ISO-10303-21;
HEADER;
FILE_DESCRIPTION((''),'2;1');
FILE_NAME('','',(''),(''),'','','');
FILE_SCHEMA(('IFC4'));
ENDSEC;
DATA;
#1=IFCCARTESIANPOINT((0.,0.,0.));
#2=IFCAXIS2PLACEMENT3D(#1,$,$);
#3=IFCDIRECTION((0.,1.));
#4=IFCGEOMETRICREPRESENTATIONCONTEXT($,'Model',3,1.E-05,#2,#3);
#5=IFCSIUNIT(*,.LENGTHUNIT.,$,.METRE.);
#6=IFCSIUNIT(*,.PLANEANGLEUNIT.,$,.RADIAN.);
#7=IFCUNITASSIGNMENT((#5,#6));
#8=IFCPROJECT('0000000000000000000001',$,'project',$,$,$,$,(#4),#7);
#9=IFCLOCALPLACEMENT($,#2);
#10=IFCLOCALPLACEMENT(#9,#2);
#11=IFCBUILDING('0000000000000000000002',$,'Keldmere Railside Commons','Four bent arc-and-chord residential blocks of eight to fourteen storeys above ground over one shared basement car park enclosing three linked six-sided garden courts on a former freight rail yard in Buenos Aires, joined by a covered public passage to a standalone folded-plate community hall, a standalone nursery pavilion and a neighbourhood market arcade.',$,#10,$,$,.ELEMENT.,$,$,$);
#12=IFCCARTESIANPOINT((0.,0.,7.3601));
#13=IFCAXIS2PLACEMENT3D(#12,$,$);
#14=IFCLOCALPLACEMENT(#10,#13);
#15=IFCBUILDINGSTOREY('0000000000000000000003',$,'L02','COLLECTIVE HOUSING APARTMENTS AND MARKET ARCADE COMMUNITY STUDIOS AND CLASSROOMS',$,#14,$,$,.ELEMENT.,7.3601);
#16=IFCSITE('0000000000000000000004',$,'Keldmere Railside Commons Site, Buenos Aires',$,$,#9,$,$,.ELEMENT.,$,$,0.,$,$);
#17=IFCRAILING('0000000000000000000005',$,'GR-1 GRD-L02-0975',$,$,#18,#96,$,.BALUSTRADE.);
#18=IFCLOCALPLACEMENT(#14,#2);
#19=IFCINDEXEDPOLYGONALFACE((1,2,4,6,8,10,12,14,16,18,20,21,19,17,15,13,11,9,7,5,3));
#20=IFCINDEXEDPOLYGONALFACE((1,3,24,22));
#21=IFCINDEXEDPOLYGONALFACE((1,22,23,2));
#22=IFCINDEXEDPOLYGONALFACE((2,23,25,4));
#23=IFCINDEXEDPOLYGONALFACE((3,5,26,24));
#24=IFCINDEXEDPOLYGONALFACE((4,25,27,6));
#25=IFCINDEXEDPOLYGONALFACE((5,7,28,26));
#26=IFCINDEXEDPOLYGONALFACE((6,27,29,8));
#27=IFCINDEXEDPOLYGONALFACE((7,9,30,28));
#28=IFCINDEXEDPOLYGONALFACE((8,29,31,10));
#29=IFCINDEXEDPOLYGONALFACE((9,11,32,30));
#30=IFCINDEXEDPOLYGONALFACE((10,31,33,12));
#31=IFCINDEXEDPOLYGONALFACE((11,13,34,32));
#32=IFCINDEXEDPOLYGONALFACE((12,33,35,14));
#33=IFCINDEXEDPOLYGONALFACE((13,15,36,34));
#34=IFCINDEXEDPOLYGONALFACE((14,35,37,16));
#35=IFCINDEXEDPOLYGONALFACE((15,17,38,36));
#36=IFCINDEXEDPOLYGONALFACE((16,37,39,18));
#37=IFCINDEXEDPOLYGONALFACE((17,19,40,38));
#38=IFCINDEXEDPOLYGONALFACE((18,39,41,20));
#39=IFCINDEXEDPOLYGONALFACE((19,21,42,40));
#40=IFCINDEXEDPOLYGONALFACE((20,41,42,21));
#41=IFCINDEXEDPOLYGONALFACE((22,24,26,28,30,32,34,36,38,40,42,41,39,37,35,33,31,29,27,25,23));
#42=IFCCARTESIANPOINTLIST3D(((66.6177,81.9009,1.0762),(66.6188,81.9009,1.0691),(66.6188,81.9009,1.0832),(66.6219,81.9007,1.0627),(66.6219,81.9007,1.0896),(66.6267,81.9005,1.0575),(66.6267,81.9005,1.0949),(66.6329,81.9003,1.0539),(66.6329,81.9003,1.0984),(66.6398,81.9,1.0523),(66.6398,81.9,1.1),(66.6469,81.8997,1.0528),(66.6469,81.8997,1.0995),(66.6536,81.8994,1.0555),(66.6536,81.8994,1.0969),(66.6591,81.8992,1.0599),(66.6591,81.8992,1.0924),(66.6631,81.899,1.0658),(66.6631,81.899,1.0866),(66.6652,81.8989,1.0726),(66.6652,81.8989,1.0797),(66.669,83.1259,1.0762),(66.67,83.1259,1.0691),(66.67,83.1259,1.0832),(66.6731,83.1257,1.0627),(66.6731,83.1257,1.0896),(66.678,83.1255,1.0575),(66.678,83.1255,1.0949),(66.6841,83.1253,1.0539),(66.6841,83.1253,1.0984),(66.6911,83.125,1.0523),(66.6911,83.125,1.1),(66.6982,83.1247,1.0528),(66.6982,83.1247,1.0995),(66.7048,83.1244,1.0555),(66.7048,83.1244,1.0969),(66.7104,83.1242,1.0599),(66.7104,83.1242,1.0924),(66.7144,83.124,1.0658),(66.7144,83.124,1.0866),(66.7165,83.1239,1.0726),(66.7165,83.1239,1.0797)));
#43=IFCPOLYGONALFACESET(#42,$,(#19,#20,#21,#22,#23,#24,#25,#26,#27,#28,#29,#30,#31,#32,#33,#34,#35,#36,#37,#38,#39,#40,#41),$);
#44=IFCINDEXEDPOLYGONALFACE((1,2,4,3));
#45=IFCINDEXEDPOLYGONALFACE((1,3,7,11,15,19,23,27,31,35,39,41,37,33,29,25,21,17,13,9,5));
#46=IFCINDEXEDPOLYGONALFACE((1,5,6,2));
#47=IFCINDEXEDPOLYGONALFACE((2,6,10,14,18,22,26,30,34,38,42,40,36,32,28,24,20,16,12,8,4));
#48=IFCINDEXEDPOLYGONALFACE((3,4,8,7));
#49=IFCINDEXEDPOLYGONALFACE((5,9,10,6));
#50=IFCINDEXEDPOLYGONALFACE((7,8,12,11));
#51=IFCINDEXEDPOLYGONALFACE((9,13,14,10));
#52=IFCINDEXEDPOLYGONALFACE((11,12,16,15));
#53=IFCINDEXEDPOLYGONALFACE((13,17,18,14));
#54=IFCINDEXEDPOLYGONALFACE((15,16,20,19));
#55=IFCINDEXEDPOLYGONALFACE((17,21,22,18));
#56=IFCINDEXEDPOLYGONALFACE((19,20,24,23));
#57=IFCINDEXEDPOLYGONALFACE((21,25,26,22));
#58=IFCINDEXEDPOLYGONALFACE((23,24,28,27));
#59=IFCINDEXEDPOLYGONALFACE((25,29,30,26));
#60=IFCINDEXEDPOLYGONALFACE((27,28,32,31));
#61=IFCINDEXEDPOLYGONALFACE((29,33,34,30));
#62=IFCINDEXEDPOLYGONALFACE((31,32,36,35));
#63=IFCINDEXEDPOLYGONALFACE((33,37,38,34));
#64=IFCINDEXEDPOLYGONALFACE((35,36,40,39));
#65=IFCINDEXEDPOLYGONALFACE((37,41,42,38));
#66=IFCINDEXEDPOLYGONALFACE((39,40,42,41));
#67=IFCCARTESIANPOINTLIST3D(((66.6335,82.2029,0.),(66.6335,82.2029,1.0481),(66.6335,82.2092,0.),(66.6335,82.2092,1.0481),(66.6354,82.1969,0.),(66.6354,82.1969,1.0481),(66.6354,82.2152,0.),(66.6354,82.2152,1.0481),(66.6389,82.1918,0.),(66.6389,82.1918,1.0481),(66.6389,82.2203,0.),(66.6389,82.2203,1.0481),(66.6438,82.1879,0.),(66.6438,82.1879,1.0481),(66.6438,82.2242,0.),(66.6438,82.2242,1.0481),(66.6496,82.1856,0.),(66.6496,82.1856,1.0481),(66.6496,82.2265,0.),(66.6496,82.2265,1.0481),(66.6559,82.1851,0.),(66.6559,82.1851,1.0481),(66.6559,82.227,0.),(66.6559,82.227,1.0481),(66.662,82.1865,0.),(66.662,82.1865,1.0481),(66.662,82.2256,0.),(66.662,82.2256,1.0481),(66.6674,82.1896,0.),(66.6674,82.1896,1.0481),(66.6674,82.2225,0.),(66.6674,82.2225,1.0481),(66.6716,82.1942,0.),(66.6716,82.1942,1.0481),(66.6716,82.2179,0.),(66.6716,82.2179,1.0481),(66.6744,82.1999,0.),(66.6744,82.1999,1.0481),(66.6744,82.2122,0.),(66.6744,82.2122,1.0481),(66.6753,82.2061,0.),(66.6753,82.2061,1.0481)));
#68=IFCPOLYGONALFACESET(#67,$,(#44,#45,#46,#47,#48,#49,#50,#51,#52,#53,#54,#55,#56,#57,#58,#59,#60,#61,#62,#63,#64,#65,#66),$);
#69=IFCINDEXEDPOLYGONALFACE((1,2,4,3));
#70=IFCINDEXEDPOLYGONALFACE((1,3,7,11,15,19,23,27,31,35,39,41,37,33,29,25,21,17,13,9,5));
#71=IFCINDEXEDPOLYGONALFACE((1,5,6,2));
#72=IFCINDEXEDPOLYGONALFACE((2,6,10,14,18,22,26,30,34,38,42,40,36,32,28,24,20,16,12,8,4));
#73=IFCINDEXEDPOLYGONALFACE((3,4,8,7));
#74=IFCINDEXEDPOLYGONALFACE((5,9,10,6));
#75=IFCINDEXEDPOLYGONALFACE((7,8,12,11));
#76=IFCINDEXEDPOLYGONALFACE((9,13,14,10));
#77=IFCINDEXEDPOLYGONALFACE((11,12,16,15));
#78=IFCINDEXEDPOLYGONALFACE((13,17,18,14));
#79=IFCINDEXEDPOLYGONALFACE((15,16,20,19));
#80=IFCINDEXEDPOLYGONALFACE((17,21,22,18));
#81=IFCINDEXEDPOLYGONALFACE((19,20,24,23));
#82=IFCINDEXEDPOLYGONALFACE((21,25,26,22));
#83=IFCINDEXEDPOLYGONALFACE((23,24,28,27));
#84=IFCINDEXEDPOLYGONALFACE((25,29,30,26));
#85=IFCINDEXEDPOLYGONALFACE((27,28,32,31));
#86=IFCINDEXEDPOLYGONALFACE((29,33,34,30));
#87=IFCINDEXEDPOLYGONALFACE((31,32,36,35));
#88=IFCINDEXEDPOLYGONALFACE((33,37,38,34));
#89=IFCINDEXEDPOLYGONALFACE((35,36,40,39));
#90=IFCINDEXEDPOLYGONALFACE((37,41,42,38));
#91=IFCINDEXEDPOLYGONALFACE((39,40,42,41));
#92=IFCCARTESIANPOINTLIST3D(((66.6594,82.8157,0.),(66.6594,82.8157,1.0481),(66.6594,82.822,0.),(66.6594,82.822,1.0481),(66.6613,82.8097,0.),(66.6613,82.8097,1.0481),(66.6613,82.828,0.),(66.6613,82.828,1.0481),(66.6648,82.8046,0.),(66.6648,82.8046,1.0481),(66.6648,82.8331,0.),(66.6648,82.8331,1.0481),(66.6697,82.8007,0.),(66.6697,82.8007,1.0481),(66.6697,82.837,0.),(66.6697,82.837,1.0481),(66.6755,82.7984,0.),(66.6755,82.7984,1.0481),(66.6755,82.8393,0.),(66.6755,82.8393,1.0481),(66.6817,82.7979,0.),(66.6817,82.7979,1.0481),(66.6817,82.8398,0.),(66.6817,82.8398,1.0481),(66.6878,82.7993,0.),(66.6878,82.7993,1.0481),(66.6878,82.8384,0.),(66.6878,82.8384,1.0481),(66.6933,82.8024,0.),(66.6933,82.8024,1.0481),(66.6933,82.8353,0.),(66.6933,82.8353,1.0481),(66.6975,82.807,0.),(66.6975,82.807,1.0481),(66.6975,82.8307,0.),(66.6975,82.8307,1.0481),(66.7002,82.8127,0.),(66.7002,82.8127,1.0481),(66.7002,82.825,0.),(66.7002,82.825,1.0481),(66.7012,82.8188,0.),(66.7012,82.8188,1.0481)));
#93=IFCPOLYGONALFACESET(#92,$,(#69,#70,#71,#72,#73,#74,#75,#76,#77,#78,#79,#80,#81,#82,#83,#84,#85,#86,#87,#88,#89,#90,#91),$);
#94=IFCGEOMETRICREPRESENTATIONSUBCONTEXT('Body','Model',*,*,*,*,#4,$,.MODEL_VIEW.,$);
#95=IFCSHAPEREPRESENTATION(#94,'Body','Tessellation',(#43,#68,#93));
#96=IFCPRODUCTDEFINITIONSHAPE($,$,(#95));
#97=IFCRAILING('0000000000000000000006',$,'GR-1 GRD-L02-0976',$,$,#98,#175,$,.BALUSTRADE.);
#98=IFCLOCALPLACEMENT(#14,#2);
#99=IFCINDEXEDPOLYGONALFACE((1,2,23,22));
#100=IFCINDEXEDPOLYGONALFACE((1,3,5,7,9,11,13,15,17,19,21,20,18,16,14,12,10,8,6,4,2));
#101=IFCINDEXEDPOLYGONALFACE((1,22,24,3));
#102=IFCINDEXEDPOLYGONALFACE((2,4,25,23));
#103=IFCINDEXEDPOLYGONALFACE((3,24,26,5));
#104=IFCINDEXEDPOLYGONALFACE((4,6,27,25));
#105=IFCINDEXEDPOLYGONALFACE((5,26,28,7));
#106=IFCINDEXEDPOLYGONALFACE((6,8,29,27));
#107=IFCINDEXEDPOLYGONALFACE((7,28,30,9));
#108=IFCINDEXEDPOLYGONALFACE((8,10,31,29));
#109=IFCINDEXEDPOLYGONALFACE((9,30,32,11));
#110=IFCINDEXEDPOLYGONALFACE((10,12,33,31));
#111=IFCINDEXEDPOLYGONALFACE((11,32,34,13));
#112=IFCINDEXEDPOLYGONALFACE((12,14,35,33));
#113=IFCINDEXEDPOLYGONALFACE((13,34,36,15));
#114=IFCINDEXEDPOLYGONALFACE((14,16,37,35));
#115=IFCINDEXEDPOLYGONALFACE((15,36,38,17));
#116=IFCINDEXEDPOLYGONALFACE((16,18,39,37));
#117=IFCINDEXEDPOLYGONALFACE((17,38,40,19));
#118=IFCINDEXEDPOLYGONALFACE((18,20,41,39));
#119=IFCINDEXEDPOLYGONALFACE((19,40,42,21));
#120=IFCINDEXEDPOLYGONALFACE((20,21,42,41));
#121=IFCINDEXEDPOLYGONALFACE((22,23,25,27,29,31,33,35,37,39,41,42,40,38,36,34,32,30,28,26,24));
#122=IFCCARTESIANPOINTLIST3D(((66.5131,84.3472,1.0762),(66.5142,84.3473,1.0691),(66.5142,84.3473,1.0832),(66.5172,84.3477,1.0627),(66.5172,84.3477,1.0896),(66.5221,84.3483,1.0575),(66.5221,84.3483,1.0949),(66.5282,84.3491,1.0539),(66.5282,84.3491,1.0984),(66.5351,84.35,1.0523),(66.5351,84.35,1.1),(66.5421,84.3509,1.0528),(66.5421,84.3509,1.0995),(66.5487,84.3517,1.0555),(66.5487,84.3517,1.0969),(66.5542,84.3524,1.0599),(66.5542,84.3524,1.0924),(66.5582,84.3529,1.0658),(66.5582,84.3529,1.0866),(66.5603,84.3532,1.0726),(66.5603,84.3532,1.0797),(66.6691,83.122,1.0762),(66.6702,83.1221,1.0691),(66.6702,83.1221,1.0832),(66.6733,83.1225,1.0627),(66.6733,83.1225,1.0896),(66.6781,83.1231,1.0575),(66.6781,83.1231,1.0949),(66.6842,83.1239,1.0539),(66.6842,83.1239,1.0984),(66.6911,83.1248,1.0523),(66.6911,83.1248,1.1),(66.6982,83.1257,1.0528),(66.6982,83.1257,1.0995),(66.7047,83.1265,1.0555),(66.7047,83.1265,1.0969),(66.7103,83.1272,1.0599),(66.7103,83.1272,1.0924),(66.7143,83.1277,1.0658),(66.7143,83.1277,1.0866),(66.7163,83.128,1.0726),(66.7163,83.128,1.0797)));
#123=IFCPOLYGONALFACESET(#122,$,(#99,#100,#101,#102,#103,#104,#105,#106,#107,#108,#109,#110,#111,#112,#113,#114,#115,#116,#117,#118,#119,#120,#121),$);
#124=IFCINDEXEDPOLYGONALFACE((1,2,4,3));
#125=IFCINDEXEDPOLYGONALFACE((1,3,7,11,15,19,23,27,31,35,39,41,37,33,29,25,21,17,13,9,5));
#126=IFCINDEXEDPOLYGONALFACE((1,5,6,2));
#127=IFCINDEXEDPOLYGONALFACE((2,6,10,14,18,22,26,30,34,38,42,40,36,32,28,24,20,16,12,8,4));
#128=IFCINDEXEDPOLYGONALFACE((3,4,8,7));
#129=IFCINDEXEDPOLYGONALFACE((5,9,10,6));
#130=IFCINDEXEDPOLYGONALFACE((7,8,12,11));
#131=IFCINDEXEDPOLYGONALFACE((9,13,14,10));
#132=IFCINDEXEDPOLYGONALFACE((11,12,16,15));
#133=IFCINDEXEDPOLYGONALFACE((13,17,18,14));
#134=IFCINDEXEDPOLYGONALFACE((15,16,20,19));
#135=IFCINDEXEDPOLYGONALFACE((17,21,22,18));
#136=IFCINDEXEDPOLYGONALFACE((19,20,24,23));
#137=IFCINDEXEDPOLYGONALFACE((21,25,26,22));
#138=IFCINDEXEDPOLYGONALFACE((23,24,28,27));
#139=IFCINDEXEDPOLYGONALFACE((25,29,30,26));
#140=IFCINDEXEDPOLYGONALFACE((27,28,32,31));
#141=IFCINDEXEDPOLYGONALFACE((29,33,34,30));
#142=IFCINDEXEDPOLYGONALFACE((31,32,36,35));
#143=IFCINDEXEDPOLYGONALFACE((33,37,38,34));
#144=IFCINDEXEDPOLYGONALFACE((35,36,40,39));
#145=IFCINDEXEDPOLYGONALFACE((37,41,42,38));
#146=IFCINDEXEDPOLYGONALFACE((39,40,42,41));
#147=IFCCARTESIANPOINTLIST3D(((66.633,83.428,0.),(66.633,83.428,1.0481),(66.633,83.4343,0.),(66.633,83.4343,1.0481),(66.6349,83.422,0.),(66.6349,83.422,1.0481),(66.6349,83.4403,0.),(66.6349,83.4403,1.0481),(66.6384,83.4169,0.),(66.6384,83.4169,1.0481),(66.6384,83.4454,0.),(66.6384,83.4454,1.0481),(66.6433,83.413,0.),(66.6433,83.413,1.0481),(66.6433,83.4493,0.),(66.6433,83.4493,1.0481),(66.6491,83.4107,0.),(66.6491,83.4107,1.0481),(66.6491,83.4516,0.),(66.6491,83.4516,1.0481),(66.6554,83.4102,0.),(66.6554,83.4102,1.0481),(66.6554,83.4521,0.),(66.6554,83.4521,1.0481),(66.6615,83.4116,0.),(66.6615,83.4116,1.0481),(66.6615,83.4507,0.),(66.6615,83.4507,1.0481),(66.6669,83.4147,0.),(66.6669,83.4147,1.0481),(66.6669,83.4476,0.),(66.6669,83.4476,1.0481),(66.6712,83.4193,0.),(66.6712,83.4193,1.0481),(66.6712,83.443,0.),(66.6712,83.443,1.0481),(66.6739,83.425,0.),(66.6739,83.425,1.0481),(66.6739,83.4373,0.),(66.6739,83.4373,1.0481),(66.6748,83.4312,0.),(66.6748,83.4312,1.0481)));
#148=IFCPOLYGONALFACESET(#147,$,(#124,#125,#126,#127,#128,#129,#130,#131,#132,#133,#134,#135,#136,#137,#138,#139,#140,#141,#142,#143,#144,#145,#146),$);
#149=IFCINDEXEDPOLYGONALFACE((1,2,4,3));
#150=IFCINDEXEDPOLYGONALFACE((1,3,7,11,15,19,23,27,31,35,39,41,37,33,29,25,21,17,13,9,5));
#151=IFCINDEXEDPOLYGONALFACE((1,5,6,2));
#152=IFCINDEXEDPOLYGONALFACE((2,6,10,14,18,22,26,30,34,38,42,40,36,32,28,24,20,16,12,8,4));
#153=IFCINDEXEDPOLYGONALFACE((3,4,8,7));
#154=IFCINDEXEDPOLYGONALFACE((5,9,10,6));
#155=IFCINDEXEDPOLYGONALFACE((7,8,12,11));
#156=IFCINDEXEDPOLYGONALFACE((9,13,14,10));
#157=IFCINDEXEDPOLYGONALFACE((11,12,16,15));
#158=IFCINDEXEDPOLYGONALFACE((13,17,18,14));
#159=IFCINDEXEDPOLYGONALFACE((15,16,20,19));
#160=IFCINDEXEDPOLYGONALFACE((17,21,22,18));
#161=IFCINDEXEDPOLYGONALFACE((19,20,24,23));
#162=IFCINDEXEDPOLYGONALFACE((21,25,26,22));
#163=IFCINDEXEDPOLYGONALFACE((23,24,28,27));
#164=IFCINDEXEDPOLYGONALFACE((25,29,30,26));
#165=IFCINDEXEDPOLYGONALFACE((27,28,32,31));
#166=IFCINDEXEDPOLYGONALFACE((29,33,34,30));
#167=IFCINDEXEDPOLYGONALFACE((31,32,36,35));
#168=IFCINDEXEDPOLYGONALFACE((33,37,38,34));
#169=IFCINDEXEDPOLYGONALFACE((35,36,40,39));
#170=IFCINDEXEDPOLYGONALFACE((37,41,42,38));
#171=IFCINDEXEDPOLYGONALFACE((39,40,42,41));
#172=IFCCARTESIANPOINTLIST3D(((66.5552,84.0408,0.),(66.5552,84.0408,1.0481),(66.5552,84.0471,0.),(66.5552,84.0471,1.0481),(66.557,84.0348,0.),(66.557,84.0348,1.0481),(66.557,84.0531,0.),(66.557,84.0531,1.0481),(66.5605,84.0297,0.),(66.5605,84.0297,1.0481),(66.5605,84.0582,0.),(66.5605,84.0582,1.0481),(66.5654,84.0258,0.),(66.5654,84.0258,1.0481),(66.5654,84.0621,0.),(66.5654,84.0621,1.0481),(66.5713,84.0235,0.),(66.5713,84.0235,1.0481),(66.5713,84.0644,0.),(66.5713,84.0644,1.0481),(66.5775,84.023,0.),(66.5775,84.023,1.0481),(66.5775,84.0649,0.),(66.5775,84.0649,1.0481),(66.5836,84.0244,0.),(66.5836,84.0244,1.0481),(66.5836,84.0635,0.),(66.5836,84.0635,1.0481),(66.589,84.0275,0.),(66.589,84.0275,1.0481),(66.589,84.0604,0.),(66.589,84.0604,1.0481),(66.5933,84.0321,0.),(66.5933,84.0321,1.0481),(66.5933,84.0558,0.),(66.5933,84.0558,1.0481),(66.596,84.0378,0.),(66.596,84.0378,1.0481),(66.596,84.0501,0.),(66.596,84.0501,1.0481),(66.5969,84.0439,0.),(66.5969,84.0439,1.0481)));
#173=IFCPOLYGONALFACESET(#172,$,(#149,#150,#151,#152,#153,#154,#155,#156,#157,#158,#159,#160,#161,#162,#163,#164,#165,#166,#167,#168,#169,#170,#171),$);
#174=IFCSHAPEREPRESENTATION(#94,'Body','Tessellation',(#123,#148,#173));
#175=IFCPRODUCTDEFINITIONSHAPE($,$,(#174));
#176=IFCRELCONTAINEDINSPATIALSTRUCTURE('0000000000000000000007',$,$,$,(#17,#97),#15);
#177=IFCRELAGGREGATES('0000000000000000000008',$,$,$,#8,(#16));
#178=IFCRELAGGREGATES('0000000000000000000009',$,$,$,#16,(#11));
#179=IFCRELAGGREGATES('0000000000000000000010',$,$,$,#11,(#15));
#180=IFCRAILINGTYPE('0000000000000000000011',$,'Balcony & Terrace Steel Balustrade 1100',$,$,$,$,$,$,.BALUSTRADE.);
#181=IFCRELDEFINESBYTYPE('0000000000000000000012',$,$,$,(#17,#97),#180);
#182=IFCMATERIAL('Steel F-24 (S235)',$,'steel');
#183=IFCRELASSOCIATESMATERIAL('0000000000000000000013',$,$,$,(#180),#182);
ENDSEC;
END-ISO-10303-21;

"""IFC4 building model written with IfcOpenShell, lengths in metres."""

from ifc_helpers import new_model, si_unit, direction, frame, origin, origin_2d, place, context, subcontext, project, spatial, circle, extrude, material, type_object, element, save


model = new_model("IFC4")

# Units and contexts
model_context = context("Model", 3, precision=1e-05, world=origin(), true_north=direction((0.0, 1.0)))
body_context = subcontext(model_context, "Body", "Model", "MODEL_VIEW")
ifc_project = project(units=[si_unit("LENGTHUNIT", "METRE"), si_unit("PLANEANGLEUNIT", "RADIAN")], contexts=[model_context])

# Site, building, storey
site_placement = place(None, origin())
site = spatial("IfcSite", under=ifc_project, at=site_placement, Name="Keldmere Railside Commons Site, Buenos Aires", CompositionType="ELEMENT", RefElevation=0.0)
building_placement = place(site_placement, origin())
building = spatial("IfcBuilding", under=site, at=building_placement, Name="Keldmere Railside Commons", Description="Four bent arc-and-chord residential blocks of eight to fourteen storeys above ground over one shared basement car park enclosing three linked six-sided garden courts on a former freight rail yard in Buenos Aires, joined by a covered public passage to a standalone folded-plate community hall, a standalone nursery pavilion and a neighbourhood market arcade.", CompositionType="ELEMENT")
storey_placement = place(building_placement, frame((0.0, 0.0, 7.3601)))
storey = spatial("IfcBuildingStorey", under=building, at=storey_placement, Name="L02", Description="COLLECTIVE HOUSING APARTMENTS AND MARKET ARCADE COMMUNITY STUDIOS AND CLASSROOMS", CompositionType="ELEMENT", Elevation=7.3601)

# Railings
ifc_material_1 = material(Name="Steel F-24 (S235)", Category="steel")
railing_type = type_object("IfcRailingType", Name="Balcony & Terrace Steel Balustrade 1100", PredefinedType="BALUSTRADE", material=ifc_material_1)
railing_1_placement = place(storey_placement, frame((66.6416, 81.8999, 0.0)))
element("IfcRailing", 1, at=railing_1_placement, inside=storey, type_object=railing_type, Name="GR-1 GRD-L02-0975", PredefinedType="BALUSTRADE", context=body_context, shape_type="SweptSolid", body=[
    extrude(circle(Radius=0.0239, at=origin_2d()), frame((0.0, 0.0, 1.0762), z_axis=(0.041813, 0.999125, 0.0), x_axis=(-0.999125, 0.041813, 0.0)), (0.0, 0.0, 1.0), 1.2261),
    extrude(circle(Radius=0.021, at=origin_2d()), frame((0.0127, 0.3062, 0.0)), (0.0, 0.0, 1.0), 1.0481),
    extrude(circle(Radius=0.021, at=origin_2d()), frame((0.0386, 0.9189, 0.0)), (0.0, 0.0, 1.0), 1.0481),
])
railing_2_placement = place(storey_placement, frame((66.6929, 83.125, 0.0)))
element("IfcRailing", 2, at=railing_2_placement, inside=storey, type_object=railing_type, Name="GR-1 GRD-L02-0976", PredefinedType="BALUSTRADE", context=body_context, shape_type="SweptSolid", body=[
    extrude(circle(Radius=0.0239, at=origin_2d()), frame((0.0, 0.0, 1.0762), z_axis=(-0.126321, 0.991989, 0.0), x_axis=(-0.991989, -0.126321, 0.0)), (0.0, 0.0, 1.0), 1.2351),
    extrude(circle(Radius=0.021, at=origin_2d()), frame((-0.0391, 0.3062, 0.0)), (0.0, 0.0, 1.0), 1.0481),
    extrude(circle(Radius=0.021, at=origin_2d()), frame((-0.1169, 0.9189, 0.0)), (0.0, 0.0, 1.0), 1.0481),
])

save(model, "model.ifc")
